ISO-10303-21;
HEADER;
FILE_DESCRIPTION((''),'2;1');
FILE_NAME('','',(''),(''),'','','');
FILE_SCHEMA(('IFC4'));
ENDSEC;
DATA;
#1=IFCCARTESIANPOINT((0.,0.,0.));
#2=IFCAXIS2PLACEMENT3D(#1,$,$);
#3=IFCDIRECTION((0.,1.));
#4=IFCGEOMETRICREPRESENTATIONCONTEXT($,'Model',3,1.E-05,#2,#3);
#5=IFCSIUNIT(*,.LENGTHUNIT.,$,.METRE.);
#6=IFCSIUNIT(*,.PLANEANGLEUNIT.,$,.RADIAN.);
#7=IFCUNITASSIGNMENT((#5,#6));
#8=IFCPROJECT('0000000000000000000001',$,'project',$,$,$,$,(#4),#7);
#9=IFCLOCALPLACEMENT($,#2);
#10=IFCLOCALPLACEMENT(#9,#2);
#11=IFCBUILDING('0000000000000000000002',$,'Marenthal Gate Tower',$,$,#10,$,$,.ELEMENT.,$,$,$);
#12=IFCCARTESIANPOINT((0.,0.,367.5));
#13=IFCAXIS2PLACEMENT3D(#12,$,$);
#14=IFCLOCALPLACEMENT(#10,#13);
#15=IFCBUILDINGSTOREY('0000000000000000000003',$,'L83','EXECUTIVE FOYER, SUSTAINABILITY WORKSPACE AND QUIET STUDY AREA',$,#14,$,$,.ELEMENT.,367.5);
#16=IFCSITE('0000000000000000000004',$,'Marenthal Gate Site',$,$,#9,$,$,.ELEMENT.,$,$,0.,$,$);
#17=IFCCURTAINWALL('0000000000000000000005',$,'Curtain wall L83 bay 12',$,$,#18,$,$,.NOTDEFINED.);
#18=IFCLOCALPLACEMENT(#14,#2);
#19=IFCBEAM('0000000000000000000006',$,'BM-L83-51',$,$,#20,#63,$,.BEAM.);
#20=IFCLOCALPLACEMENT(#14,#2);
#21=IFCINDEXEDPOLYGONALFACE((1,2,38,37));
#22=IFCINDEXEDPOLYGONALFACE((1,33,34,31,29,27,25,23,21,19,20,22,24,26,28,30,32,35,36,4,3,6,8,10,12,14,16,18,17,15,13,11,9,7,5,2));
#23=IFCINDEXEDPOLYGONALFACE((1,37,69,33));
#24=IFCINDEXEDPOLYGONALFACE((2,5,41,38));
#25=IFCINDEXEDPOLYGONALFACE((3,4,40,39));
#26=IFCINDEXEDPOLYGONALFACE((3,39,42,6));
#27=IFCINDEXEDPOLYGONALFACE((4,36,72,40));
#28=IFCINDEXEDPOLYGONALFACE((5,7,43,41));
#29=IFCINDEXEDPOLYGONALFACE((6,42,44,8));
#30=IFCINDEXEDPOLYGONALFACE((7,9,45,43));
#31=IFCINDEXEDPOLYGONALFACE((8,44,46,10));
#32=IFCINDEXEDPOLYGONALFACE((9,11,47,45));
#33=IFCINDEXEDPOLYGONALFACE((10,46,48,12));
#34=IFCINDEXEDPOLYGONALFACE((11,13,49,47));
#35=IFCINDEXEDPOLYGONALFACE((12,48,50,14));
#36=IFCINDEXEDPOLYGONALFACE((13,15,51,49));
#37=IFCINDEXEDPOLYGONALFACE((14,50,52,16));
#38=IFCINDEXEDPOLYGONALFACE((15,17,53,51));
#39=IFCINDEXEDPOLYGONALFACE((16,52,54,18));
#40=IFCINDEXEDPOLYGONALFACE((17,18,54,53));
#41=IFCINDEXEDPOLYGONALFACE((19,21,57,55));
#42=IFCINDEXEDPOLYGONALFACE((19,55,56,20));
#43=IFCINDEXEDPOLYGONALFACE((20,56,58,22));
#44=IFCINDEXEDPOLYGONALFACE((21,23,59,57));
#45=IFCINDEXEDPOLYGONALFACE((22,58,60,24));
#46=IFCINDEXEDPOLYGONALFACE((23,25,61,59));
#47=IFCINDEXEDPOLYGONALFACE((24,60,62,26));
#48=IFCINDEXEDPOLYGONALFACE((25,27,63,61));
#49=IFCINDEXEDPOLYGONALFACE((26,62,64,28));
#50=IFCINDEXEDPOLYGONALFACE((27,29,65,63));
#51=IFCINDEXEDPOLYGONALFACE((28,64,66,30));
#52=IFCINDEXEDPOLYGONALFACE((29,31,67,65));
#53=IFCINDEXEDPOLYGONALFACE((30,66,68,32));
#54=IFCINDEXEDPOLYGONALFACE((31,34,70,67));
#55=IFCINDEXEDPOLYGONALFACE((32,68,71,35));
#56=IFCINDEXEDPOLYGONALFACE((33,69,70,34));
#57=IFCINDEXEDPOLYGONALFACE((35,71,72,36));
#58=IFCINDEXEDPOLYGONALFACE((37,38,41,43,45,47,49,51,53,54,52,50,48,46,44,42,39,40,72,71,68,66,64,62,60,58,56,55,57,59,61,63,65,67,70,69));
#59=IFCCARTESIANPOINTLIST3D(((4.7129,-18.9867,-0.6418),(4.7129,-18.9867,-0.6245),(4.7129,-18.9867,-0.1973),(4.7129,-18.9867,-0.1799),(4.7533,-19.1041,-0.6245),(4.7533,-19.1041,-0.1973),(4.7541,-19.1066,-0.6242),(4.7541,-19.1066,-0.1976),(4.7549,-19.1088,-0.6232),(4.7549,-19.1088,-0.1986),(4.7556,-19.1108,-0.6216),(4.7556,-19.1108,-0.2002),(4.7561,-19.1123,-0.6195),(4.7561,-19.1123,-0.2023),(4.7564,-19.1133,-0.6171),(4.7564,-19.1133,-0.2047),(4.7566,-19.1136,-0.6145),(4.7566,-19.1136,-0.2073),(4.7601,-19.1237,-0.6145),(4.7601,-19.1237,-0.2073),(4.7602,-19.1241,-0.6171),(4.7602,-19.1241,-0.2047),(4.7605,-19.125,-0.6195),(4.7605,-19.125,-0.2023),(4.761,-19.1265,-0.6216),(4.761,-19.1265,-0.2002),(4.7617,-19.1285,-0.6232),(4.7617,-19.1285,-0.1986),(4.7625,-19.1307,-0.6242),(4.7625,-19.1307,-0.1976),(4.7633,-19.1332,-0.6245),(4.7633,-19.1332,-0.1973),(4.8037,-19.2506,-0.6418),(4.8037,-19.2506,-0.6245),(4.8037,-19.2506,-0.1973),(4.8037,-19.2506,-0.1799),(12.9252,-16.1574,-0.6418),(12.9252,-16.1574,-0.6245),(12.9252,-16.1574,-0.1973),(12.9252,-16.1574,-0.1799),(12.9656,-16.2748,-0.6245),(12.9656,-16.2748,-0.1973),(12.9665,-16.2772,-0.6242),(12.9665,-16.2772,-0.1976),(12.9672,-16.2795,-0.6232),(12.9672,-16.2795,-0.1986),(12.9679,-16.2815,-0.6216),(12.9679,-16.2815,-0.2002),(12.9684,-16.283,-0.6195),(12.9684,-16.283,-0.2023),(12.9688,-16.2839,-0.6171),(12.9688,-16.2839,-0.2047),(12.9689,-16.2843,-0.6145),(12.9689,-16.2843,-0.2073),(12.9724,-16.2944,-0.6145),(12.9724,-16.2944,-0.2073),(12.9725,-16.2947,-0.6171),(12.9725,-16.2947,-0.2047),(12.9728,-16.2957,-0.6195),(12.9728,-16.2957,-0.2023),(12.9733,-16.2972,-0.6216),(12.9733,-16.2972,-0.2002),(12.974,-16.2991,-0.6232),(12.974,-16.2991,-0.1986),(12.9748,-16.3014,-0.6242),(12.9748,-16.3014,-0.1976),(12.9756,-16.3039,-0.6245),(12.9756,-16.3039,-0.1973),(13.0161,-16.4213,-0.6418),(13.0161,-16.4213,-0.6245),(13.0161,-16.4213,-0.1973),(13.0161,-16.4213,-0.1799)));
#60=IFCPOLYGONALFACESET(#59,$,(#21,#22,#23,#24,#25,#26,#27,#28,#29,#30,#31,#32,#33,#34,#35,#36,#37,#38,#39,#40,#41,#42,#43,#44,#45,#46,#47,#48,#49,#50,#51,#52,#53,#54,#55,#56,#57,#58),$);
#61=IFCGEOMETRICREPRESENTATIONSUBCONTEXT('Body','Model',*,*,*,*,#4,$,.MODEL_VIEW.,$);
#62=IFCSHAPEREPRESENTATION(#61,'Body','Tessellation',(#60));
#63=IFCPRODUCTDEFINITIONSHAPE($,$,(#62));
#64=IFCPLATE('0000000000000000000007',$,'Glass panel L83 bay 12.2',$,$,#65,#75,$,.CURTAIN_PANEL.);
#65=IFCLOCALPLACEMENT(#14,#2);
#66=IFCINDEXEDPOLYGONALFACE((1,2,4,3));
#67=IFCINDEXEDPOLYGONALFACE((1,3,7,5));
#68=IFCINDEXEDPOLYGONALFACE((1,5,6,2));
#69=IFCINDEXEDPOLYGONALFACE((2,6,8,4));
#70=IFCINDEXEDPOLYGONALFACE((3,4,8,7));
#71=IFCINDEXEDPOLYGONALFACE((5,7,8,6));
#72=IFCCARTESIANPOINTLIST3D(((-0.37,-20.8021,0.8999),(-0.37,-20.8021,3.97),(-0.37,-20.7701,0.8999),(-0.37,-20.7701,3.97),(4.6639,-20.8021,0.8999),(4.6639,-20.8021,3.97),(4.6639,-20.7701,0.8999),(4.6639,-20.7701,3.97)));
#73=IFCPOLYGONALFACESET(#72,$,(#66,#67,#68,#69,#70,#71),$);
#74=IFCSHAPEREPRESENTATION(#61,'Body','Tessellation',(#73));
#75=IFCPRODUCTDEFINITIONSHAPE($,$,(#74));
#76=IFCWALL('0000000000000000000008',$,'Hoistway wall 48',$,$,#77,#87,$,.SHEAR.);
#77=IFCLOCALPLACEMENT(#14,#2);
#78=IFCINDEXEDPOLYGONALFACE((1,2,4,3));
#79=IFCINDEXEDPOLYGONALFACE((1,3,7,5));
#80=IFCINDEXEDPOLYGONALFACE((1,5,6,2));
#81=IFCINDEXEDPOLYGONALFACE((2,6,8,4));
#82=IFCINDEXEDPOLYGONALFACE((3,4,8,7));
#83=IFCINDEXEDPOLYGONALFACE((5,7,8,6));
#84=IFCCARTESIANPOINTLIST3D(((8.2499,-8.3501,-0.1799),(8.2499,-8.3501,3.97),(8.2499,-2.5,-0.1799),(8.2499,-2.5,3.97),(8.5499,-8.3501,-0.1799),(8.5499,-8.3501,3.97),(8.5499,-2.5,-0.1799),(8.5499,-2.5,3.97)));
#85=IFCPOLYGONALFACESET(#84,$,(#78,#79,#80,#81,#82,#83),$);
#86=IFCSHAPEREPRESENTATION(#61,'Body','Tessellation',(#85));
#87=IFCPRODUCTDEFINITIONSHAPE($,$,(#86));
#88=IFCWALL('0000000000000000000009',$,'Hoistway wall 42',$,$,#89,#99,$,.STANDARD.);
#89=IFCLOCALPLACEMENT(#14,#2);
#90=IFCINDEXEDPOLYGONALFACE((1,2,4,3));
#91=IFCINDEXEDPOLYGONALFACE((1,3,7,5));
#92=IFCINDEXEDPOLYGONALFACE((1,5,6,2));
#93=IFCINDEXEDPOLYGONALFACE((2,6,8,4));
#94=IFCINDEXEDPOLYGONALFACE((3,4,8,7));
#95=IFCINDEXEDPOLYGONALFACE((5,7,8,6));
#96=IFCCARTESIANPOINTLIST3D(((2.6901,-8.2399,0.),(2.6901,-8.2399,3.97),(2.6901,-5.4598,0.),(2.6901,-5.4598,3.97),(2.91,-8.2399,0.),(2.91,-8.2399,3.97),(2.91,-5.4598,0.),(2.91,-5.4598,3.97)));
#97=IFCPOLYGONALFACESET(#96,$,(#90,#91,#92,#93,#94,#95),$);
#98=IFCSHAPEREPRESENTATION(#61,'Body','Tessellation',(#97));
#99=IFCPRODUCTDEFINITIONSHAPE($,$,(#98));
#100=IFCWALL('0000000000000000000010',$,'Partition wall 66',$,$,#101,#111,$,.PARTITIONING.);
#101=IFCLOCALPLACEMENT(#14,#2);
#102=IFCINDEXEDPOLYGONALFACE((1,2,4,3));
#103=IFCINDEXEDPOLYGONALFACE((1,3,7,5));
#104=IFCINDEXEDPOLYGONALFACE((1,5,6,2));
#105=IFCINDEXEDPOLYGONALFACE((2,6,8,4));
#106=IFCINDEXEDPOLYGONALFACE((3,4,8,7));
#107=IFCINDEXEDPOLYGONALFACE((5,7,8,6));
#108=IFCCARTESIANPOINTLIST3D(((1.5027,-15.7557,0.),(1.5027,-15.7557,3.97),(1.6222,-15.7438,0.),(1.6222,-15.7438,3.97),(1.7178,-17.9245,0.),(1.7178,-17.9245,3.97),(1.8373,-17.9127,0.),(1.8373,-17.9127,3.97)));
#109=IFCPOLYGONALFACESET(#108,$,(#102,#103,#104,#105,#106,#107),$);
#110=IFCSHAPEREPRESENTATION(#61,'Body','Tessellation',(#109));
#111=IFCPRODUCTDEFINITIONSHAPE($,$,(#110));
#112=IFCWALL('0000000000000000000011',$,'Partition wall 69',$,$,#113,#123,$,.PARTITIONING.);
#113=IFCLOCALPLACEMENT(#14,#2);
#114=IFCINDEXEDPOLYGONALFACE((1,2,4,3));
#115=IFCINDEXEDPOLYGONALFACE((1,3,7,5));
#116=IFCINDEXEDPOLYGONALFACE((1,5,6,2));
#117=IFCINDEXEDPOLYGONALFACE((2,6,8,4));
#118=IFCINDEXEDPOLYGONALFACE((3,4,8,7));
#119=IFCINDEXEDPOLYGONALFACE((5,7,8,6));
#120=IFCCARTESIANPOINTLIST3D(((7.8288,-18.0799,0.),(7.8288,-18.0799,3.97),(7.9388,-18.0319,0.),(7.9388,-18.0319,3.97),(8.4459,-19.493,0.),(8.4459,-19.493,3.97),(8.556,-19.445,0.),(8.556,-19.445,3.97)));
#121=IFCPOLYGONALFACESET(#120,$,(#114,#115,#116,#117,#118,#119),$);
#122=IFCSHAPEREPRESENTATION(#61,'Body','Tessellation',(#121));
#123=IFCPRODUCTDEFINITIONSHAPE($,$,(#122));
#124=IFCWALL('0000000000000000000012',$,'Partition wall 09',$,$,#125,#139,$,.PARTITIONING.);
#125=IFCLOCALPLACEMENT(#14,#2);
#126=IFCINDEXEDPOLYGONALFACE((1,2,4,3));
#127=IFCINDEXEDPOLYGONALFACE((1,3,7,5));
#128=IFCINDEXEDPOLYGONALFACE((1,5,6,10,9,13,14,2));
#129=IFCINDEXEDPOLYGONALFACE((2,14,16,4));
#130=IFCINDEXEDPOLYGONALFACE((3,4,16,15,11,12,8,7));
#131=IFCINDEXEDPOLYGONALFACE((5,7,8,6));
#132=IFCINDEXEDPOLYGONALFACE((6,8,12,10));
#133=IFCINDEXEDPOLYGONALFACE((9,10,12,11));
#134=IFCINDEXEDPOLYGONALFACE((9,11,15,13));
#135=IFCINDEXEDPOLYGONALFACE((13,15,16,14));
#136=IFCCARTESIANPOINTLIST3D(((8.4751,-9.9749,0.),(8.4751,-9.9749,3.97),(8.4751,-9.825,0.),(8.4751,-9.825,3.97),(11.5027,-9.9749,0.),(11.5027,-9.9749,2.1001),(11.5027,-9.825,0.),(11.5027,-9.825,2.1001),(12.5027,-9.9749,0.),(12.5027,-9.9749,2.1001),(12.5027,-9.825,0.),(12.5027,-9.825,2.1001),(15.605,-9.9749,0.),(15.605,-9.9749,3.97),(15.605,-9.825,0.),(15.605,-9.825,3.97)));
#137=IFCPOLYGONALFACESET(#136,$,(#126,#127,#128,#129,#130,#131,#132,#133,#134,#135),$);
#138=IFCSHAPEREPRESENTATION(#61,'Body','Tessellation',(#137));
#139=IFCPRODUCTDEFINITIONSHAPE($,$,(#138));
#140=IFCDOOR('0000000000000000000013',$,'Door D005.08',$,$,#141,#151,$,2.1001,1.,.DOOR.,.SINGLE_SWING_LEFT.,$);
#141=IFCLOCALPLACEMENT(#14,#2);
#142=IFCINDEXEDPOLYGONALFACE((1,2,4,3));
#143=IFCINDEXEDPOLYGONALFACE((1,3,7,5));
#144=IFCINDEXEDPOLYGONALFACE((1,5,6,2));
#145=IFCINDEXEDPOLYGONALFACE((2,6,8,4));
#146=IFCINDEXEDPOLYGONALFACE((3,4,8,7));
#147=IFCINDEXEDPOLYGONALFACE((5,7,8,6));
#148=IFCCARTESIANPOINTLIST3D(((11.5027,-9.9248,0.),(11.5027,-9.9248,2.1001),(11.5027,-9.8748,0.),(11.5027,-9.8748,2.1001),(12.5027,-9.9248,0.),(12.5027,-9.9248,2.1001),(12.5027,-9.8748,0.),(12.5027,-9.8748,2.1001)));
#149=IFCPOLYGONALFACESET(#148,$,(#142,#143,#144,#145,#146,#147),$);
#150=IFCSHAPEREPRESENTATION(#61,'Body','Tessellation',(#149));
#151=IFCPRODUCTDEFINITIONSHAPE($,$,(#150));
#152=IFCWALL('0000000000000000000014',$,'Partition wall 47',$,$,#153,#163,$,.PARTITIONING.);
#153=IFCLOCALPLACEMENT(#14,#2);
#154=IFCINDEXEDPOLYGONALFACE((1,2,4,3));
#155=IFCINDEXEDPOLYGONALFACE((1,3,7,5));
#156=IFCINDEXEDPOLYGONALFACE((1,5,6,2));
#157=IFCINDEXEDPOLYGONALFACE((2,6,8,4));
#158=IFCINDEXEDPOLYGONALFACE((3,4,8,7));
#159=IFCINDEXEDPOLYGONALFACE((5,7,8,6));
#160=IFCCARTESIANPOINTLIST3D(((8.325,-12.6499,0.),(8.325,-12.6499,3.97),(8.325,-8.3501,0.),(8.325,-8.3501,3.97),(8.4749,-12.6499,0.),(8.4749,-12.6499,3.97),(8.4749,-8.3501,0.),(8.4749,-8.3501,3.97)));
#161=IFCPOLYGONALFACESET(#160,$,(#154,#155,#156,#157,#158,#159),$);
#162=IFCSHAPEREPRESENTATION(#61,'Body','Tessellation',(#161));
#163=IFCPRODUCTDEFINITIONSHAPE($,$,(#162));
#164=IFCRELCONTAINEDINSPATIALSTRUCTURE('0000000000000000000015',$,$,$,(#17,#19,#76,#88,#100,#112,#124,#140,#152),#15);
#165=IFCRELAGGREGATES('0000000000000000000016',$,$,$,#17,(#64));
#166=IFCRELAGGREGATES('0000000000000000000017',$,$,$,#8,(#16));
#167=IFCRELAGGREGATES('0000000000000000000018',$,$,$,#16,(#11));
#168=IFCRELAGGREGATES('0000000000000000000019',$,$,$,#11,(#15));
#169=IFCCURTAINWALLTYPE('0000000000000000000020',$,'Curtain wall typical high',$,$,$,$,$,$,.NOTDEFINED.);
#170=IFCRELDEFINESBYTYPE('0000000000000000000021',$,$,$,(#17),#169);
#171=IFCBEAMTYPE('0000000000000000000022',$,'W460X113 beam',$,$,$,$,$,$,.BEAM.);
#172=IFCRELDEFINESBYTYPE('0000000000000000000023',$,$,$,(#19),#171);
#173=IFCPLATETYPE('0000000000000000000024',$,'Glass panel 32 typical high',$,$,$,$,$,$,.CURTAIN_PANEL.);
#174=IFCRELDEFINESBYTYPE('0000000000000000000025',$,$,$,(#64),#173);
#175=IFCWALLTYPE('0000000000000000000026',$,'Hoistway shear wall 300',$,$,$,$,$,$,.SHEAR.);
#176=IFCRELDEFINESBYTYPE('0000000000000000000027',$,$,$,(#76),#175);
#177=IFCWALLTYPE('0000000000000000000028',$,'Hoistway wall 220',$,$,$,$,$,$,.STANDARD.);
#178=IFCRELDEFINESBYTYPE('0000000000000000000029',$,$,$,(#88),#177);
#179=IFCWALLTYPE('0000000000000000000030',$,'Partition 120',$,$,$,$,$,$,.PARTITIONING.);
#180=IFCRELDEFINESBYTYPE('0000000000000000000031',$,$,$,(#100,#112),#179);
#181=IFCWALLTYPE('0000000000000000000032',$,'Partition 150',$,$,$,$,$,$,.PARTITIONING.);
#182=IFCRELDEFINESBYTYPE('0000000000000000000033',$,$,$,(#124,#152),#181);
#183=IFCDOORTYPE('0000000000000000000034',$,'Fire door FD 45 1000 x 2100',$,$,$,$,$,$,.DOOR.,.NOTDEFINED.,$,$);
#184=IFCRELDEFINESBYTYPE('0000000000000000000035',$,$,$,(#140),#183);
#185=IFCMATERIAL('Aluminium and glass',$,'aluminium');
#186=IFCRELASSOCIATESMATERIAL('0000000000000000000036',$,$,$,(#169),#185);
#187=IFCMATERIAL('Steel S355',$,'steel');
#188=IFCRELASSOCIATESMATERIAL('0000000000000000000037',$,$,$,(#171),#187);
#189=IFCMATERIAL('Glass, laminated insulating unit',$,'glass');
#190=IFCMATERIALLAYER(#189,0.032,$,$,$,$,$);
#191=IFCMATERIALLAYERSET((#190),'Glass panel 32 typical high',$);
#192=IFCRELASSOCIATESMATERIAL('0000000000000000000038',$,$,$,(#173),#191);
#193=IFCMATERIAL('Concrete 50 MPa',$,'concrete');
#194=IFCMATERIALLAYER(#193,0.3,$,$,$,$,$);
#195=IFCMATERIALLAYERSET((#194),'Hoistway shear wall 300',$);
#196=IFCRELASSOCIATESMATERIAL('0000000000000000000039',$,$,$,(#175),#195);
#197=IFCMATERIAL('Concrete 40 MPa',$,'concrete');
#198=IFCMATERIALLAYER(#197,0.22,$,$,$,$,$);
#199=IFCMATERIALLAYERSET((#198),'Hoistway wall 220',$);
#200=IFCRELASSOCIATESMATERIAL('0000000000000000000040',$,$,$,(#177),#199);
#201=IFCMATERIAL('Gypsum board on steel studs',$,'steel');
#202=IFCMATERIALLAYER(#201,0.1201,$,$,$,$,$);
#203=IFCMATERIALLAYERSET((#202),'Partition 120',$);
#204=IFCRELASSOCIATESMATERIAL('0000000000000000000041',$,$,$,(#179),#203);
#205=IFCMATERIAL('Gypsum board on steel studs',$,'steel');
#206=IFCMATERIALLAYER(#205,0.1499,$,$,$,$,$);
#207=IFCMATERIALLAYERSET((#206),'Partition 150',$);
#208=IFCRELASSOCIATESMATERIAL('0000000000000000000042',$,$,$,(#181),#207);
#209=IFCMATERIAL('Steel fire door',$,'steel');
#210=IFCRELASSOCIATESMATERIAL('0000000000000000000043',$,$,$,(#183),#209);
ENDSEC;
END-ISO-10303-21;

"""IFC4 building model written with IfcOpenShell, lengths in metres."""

from ifc_helpers import new_model, si_unit, direction, frame, frame_2d, origin, origin_2d, place, context, subcontext, project, spatial, rectangle, i_section, extrude, material, layer, layer_set, material_profile, profile_set, type_object, element, fill, aggregate, save


model = new_model("IFC4")

# Units and contexts
model_context = context("Model", 3, precision=1e-05, world=origin(), true_north=direction((0.0, 1.0)))
body_context = subcontext(model_context, "Body", "Model", "MODEL_VIEW")
ifc_project = project(units=[si_unit("LENGTHUNIT", "METRE"), si_unit("PLANEANGLEUNIT", "RADIAN")], contexts=[model_context])

# Site, building, storey
site_placement = place(None, origin())
site = spatial("IfcSite", under=ifc_project, at=site_placement, Name="Marenthal Gate Site", CompositionType="ELEMENT", RefElevation=0.0)
building_placement = place(site_placement, origin())
building = spatial("IfcBuilding", under=site, at=building_placement, Name="Marenthal Gate Tower", CompositionType="ELEMENT")
storey_placement = place(building_placement, frame((0.0, 0.0, 367.5)))
storey = spatial("IfcBuildingStorey", under=building, at=storey_placement, Name="L83", Description="EXECUTIVE FOYER, SUSTAINABILITY WORKSPACE AND QUIET STUDY AREA", CompositionType="ELEMENT", Elevation=367.5)

# Curtain wall
ifc_material_1 = material(Name="Aluminium and glass", Category="aluminium")
curtain_wall_type = type_object("IfcCurtainWallType", Name="Curtain wall typical high", PredefinedType="NOTDEFINED", material=ifc_material_1)
curtain_wall_placement = place(storey_placement, origin())
curtain_wall = element("IfcCurtainWall", 1, at=curtain_wall_placement, inside=storey, type_object=curtain_wall_type, Name="Curtain wall L83 bay 12", PredefinedType="NOTDEFINED")

# Beam
ifc_material_2 = material(Name="Steel S355", Category="steel")
ifc_material_profile_1 = material_profile(ifc_material_2, i_section(OverallWidth=0.2791, OverallDepth=0.4619, WebThickness=0.0107, FlangeThickness=0.0173, FilletRadius=0.01, at=origin_2d()), Name="W460X113")
ifc_profile_set_1 = profile_set([ifc_material_profile_1], Name="Steel S355")
beam_type_1 = type_object("IfcBeamType", Name="W460X113 beam", PredefinedType="BEAM", material=ifc_profile_set_1)
beam_1_placement = place(storey_placement, frame((4.7583, -19.1187, -0.4109), z_axis=(0.945462, 0.325732, 0.0), x_axis=(-0.325732, 0.945462, 0.0)))
element("IfcBeam", 2, at=beam_1_placement, inside=storey, type_object=beam_type_1, Name="BM-L83-51", PredefinedType="BEAM", context=body_context, shape_type="SweptSolid", body=[
    extrude(i_section(OverallWidth=0.2791, OverallDepth=0.4619, WebThickness=0.0107, FlangeThickness=0.0173, FilletRadius=0.01, at=origin_2d()), origin(), (0.0, 0.0, 1.0), 8.686),
])

# Plate
ifc_material_3 = material(Name="Glass, laminated insulating unit", Category="glass")
ifc_layer_1 = layer(ifc_material_3, 0.032)
ifc_layer_set_1 = layer_set([ifc_layer_1], Name="Glass panel 32 typical high")
plate_type = type_object("IfcPlateType", Name="Glass panel 32 typical high", PredefinedType="CURTAIN_PANEL", material=ifc_layer_set_1)
plate_placement = place(storey_placement, frame((2.147, -20.7861, 0.8999), z_axis=(0.0, 0.0, 1.0), x_axis=(1.0, 0.0, 0.0)))
plate = element("IfcPlate", 3, at=plate_placement, type_object=plate_type, Name="Glass panel L83 bay 12.2", PredefinedType="CURTAIN_PANEL", context=body_context, shape_type="SweptSolid", body=[
    extrude(rectangle(XDim=5.0339, YDim=0.032, at=origin_2d()), origin(), (0.0, 0.0, 1.0), 3.0701),
])
aggregate(curtain_wall, [plate])

# Walls
ifc_material_4 = material(Name="Concrete 50 MPa", Category="concrete")
ifc_layer_2 = layer(ifc_material_4, 0.3)
ifc_layer_set_2 = layer_set([ifc_layer_2], Name="Hoistway shear wall 300")
wall_type_1 = type_object("IfcWallType", Name="Hoistway shear wall 300", PredefinedType="SHEAR", material=ifc_layer_set_2)
wall_1_placement = place(storey_placement, frame((8.3999, -8.3501, -0.1799), z_axis=(0.0, 0.0, 1.0), x_axis=(0.0, 1.0, 0.0)))
element("IfcWall", 4, at=wall_1_placement, inside=storey, type_object=wall_type_1, Name="Hoistway wall 48", PredefinedType="SHEAR", context=body_context, shape_type="SweptSolid", body=[
    extrude(rectangle(XDim=5.8501, YDim=0.3, at=frame_2d((2.925, 0.0))), origin(), (0.0, 0.0, 1.0), 4.1499),
])
ifc_material_5 = material(Name="Concrete 40 MPa", Category="concrete")
ifc_layer_3 = layer(ifc_material_5, 0.22)
ifc_layer_set_3 = layer_set([ifc_layer_3], Name="Hoistway wall 220")
wall_type_2 = type_object("IfcWallType", Name="Hoistway wall 220", PredefinedType="STANDARD", material=ifc_layer_set_3)
wall_2_placement = place(storey_placement, frame((2.8, -8.24, 0.0), z_axis=(0.0, 0.0, 1.0), x_axis=(0.0, 1.0, 0.0)))
element("IfcWall", 5, at=wall_2_placement, inside=storey, type_object=wall_type_2, Name="Hoistway wall 42", PredefinedType="STANDARD", context=body_context, shape_type="SweptSolid", body=[
    extrude(rectangle(XDim=2.78, YDim=0.22, at=frame_2d((1.3901, 0.0))), origin(), (0.0, 0.0, 1.0), 3.97),
])
ifc_material_6 = material(Name="Gypsum board on steel studs", Category="steel")
ifc_layer_4 = layer(ifc_material_6, 0.1201)
ifc_layer_set_4 = layer_set([ifc_layer_4], Name="Partition 120")
wall_type_3 = type_object("IfcWallType", Name="Partition 120", PredefinedType="PARTITIONING", material=ifc_layer_set_4)
wall_3_placement = place(storey_placement, frame((1.7776, -17.9187, 0.0), z_axis=(0.0, 0.0, 1.0), x_axis=(-0.098694, 0.995118, 0.0)))
element("IfcWall", 6, at=wall_3_placement, inside=storey, type_object=wall_type_3, Name="Partition wall 66", PredefinedType="PARTITIONING", context=body_context, shape_type="SweptSolid", body=[
    extrude(rectangle(XDim=2.1794, YDim=0.1201, at=frame_2d((1.0898, 0.0))), origin(), (0.0, 0.0, 1.0), 3.97),
])
wall_4_placement = place(storey_placement, frame((7.8838, -18.0559, 0.0), z_axis=(0.0, 0.0, 1.0), x_axis=(0.400254, -0.916404, 0.0)))
element("IfcWall", 7, at=wall_4_placement, inside=storey, type_object=wall_type_3, Name="Partition wall 69", PredefinedType="PARTITIONING", context=body_context, shape_type="SweptSolid", body=[
    extrude(rectangle(XDim=1.542, YDim=0.1201, at=frame_2d((0.771, 0.0))), origin(), (0.0, 0.0, 1.0), 3.97),
])

# Wall, opening, door
ifc_material_7 = material(Name="Gypsum board on steel studs", Category="steel")
ifc_layer_5 = layer(ifc_material_7, 0.1499)
ifc_layer_set_5 = layer_set([ifc_layer_5], Name="Partition 150")
wall_type_4 = type_object("IfcWallType", Name="Partition 150", PredefinedType="PARTITIONING", material=ifc_layer_set_5)
wall_5_placement = place(storey_placement, frame((8.4751, -9.8999, 0.0), z_axis=(0.0, 0.0, 1.0), x_axis=(1.0, 0.0, 0.0)))
wall_5 = element("IfcWall", 8, at=wall_5_placement, inside=storey, type_object=wall_type_4, Name="Partition wall 09", PredefinedType="PARTITIONING", context=body_context, shape_type="SweptSolid", body=[
    extrude(rectangle(XDim=7.1299, YDim=0.1499, at=frame_2d((3.5649, 0.0))), origin(), (0.0, 0.0, 1.0), 3.97),
])
opening_1_placement = place(wall_5_placement, frame((3.0276, 0.0, 0.0)))
opening_1 = element("IfcOpeningElement", 9, at=opening_1_placement, cuts=wall_5, PredefinedType="OPENING", context=body_context, shape_type="SweptSolid", body=[
    extrude(rectangle(XDim=1.0, YDim=2.1001, at=frame_2d((0.5, 1.05))), frame((0.0, 0.085, 0.0), z_axis=(0.0, -1.0, 0.0), x_axis=(1.0, 0.0, 0.0)), (0.0, 0.0, 1.0), 0.1699),
])
ifc_material_8 = material(Name="Steel fire door", Category="steel")
door_type_1 = type_object("IfcDoorType", Name="Fire door FD 45 1000 x 2100", OperationType="NOTDEFINED", PredefinedType="DOOR", material=ifc_material_8)
door_1_placement = place(opening_1_placement, frame((1.0, 0.0, 0.0), z_axis=(0.0, 0.0, 1.0), x_axis=(-1.0, 0.0, 0.0)))
door_1 = element("IfcDoor", 10, at=door_1_placement, inside=storey, type_object=door_type_1, Name="Door D005.08", OperationType="SINGLE_SWING_LEFT", OverallHeight=2.1001, OverallWidth=1.0, PredefinedType="DOOR", context=body_context, shape_type="SweptSolid", body=[
    extrude(rectangle(XDim=1.0, YDim=2.1001, at=frame_2d((0.5, 1.05))), frame((0.0, 0.0249, 0.0), z_axis=(0.0, -1.0, 0.0), x_axis=(1.0, 0.0, 0.0)), (0.0, 0.0, 1.0), 0.05),
])
fill(opening_1, door_1)

# Wall
wall_6_placement = place(storey_placement, frame((8.3999, -12.6499, 0.0), z_axis=(0.0, 0.0, 1.0), x_axis=(0.0, 1.0, 0.0)))
element("IfcWall", 11, at=wall_6_placement, inside=storey, type_object=wall_type_4, Name="Partition wall 47", PredefinedType="PARTITIONING", context=body_context, shape_type="SweptSolid", body=[
    extrude(rectangle(XDim=4.2998, YDim=0.1499, at=frame_2d((2.1499, 0.0))), origin(), (0.0, 0.0, 1.0), 3.97),
])

save(model, "model.ifc")
